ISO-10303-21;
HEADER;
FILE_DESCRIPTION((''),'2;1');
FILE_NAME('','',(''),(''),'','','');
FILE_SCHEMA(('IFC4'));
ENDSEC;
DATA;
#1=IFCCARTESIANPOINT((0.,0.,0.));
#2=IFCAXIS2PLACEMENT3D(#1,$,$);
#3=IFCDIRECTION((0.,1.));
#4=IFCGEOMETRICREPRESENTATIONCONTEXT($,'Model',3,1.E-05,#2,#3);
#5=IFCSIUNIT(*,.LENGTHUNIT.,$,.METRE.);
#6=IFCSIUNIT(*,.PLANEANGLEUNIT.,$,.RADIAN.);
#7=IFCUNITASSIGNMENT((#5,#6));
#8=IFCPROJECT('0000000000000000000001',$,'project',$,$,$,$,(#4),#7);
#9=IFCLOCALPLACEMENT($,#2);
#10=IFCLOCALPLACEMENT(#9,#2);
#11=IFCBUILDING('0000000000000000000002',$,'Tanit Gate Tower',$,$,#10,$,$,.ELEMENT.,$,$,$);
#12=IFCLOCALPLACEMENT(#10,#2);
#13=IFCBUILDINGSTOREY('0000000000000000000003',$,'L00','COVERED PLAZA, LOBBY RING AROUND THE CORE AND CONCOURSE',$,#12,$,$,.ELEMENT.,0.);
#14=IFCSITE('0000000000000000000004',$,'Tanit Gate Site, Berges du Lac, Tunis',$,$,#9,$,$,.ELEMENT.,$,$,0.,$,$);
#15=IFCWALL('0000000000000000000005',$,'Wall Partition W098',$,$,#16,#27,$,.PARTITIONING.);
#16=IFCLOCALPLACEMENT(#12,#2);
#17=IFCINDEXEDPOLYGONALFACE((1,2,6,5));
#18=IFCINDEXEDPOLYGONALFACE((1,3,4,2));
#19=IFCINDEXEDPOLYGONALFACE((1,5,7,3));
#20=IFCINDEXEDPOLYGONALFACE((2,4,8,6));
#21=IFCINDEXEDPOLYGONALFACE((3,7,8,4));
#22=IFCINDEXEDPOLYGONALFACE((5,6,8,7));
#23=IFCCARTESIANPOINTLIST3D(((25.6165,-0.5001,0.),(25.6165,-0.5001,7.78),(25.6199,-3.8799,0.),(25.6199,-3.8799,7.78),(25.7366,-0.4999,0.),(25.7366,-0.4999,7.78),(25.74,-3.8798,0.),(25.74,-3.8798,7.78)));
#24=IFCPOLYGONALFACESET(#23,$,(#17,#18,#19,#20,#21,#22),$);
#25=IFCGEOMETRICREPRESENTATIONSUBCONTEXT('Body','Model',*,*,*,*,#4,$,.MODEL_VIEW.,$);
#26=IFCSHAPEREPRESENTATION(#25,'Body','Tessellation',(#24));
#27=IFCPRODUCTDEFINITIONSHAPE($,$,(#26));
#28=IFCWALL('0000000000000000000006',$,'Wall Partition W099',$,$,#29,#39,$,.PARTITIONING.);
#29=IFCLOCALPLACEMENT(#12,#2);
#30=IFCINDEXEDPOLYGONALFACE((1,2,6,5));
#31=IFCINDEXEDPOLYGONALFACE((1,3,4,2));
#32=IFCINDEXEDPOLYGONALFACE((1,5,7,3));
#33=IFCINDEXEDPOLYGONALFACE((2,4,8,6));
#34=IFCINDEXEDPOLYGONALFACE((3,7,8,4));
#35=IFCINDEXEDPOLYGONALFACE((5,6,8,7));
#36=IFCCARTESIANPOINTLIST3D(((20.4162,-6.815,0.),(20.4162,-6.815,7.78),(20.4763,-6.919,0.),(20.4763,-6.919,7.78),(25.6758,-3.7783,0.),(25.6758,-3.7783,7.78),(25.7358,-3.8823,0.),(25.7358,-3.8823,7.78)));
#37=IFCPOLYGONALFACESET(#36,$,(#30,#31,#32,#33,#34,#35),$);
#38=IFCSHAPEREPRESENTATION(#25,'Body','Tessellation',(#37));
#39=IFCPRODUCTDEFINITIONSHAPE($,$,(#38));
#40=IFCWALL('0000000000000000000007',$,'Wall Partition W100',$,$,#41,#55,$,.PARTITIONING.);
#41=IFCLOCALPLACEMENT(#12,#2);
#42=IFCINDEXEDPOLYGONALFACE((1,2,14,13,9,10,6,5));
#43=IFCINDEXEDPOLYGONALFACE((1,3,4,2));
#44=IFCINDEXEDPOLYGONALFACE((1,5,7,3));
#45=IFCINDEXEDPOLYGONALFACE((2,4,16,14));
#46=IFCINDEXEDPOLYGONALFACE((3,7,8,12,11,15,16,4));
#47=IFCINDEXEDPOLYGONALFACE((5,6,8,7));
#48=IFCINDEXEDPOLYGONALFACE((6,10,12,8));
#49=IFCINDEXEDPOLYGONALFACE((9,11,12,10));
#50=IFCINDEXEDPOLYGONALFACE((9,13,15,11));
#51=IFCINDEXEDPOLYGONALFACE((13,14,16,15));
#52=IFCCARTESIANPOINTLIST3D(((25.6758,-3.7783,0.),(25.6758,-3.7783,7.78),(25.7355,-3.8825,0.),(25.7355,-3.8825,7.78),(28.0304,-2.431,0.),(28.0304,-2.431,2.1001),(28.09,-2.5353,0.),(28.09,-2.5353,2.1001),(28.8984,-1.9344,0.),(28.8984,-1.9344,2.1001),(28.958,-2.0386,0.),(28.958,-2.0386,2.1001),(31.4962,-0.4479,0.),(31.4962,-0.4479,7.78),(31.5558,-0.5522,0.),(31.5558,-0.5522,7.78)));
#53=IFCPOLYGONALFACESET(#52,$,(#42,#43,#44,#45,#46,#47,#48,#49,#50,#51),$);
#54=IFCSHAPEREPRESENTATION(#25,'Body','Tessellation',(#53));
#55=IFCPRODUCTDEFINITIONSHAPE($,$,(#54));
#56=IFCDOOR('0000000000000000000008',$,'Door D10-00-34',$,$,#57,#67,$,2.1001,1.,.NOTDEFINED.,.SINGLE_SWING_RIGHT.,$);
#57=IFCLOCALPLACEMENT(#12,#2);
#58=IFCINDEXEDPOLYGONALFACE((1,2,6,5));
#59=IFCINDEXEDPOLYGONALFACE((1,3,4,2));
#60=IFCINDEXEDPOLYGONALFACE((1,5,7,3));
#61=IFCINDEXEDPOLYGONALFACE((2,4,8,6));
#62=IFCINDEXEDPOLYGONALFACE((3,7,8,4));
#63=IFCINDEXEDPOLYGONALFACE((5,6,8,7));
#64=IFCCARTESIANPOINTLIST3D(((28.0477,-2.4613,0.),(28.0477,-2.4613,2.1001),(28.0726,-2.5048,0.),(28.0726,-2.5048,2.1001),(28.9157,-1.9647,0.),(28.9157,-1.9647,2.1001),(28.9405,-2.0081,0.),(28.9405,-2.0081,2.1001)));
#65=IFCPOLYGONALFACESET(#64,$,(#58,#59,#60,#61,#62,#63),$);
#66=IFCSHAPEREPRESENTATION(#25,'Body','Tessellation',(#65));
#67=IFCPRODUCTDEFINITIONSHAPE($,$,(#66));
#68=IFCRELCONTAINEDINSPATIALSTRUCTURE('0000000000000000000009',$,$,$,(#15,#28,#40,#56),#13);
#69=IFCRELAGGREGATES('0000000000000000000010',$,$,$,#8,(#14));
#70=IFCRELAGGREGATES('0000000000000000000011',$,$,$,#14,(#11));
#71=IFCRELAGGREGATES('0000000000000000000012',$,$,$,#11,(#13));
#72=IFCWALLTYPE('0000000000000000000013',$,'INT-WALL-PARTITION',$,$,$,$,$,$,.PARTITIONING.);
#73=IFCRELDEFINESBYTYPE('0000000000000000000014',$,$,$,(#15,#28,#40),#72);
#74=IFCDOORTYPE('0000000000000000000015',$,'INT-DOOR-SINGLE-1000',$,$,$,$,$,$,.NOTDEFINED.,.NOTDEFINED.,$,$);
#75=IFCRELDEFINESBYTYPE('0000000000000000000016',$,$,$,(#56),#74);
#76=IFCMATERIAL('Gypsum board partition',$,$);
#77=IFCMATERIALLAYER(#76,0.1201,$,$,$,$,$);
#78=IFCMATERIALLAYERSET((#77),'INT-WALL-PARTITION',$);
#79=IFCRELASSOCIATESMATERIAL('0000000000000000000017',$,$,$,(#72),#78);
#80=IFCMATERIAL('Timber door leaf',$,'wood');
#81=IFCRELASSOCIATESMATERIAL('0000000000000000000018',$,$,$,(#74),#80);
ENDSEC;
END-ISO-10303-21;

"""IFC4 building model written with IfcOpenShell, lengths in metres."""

from ifc_helpers import new_model, si_unit, direction, frame, frame_2d, origin, place, context, subcontext, project, spatial, rectangle, extrude, material, layer, layer_set, type_object, element, fill, save


model = new_model("IFC4")

# Units and contexts
model_context = context("Model", 3, precision=1e-05, world=origin(), true_north=direction((0.0, 1.0)))
body_context = subcontext(model_context, "Body", "Model", "MODEL_VIEW")
ifc_project = project(units=[si_unit("LENGTHUNIT", "METRE"), si_unit("PLANEANGLEUNIT", "RADIAN")], contexts=[model_context])

# Site, building, storey
site_placement = place(None, origin())
site = spatial("IfcSite", under=ifc_project, at=site_placement, Name="Tanit Gate Site, Berges du Lac, Tunis", CompositionType="ELEMENT", RefElevation=0.0)
building_placement = place(site_placement, origin())
building = spatial("IfcBuilding", under=site, at=building_placement, Name="Tanit Gate Tower", CompositionType="ELEMENT")
storey_placement = place(building_placement, origin())
storey = spatial("IfcBuildingStorey", under=building, at=storey_placement, Name="L00", Description="COVERED PLAZA, LOBBY RING AROUND THE CORE AND CONCOURSE", CompositionType="ELEMENT", Elevation=0.0)

# Walls
ifc_material_1 = material(Name="Gypsum board partition")
ifc_layer_1 = layer(ifc_material_1, 0.1201)
ifc_layer_set_1 = layer_set([ifc_layer_1], Name="INT-WALL-PARTITION")
wall_type_1 = type_object("IfcWallType", Name="INT-WALL-PARTITION", PredefinedType="PARTITIONING", material=ifc_layer_set_1)
wall_1_placement = place(storey_placement, frame((25.6799, -3.8799, 0.0), z_axis=(0.0, 0.0, 1.0), x_axis=(-0.001011, 0.999999, 0.0)))
element("IfcWall", 1, at=wall_1_placement, inside=storey, type_object=wall_type_1, Name="Wall Partition W098", PredefinedType="PARTITIONING", context=body_context, shape_type="SweptSolid", body=[
    extrude(rectangle(XDim=3.3799, YDim=0.1201, at=frame_2d((1.6899, 0.0))), origin(), (0.0, 0.0, 1.0), 7.78),
])
wall_2_placement = place(storey_placement, frame((25.7058, -3.8303, 0.0), z_axis=(0.0, 0.0, 1.0), x_axis=(-0.866023, -0.500004, 0.0)))
element("IfcWall", 2, at=wall_2_placement, inside=storey, type_object=wall_type_1, Name="Wall Partition W099", PredefinedType="PARTITIONING", context=body_context, shape_type="SweptSolid", body=[
    extrude(rectangle(XDim=6.0732, YDim=0.1201, at=frame_2d((3.0366, 0.0))), origin(), (0.0, 0.0, 1.0), 7.78),
])

# Wall, opening, door
wall_3_placement = place(storey_placement, frame((31.5261, -0.5, 0.0), z_axis=(0.0, 0.0, 1.0), x_axis=(-0.867958, -0.496637, 0.0)))
wall_3 = element("IfcWall", 3, at=wall_3_placement, inside=storey, type_object=wall_type_1, Name="Wall Partition W100", PredefinedType="PARTITIONING", context=body_context, shape_type="SweptSolid", body=[
    extrude(rectangle(XDim=6.7058, YDim=0.1201, at=frame_2d((3.353, 0.0))), origin(), (0.0, 0.0, 1.0), 7.78),
])
opening_1_placement = place(wall_3_placement, frame((2.9932, 0.0, 0.0)))
opening_1 = element("IfcOpeningElement", 4, at=opening_1_placement, cuts=wall_3, PredefinedType="OPENING", context=body_context, shape_type="SweptSolid", body=[
    extrude(rectangle(XDim=1.0, YDim=2.1001, at=frame_2d((0.5, 1.05))), frame((0.0, 0.0701, 0.0), z_axis=(0.0, -1.0, 0.0), x_axis=(1.0, 0.0, 0.0)), (0.0, 0.0, 1.0), 0.1401),
])
ifc_material_2 = material(Name="Timber door leaf", Category="wood")
door_type_1 = type_object("IfcDoorType", Name="INT-DOOR-SINGLE-1000", OperationType="NOTDEFINED", PredefinedType="NOTDEFINED", material=ifc_material_2)
door_1_placement = place(opening_1_placement, origin())
door_1 = element("IfcDoor", 5, at=door_1_placement, inside=storey, type_object=door_type_1, Name="Door D10-00-34", OperationType="SINGLE_SWING_RIGHT", OverallHeight=2.1001, OverallWidth=1.0, PredefinedType="NOTDEFINED", context=body_context, shape_type="SweptSolid", body=[
    extrude(rectangle(XDim=1.0, YDim=2.1001, at=frame_2d((0.5, 1.05))), frame((0.0, 0.0249, 0.0), z_axis=(0.0, -1.0, 0.0), x_axis=(1.0, 0.0, 0.0)), (0.0, 0.0, 1.0), 0.05),
])
fill(opening_1, door_1)

save(model, "model.ifc")
